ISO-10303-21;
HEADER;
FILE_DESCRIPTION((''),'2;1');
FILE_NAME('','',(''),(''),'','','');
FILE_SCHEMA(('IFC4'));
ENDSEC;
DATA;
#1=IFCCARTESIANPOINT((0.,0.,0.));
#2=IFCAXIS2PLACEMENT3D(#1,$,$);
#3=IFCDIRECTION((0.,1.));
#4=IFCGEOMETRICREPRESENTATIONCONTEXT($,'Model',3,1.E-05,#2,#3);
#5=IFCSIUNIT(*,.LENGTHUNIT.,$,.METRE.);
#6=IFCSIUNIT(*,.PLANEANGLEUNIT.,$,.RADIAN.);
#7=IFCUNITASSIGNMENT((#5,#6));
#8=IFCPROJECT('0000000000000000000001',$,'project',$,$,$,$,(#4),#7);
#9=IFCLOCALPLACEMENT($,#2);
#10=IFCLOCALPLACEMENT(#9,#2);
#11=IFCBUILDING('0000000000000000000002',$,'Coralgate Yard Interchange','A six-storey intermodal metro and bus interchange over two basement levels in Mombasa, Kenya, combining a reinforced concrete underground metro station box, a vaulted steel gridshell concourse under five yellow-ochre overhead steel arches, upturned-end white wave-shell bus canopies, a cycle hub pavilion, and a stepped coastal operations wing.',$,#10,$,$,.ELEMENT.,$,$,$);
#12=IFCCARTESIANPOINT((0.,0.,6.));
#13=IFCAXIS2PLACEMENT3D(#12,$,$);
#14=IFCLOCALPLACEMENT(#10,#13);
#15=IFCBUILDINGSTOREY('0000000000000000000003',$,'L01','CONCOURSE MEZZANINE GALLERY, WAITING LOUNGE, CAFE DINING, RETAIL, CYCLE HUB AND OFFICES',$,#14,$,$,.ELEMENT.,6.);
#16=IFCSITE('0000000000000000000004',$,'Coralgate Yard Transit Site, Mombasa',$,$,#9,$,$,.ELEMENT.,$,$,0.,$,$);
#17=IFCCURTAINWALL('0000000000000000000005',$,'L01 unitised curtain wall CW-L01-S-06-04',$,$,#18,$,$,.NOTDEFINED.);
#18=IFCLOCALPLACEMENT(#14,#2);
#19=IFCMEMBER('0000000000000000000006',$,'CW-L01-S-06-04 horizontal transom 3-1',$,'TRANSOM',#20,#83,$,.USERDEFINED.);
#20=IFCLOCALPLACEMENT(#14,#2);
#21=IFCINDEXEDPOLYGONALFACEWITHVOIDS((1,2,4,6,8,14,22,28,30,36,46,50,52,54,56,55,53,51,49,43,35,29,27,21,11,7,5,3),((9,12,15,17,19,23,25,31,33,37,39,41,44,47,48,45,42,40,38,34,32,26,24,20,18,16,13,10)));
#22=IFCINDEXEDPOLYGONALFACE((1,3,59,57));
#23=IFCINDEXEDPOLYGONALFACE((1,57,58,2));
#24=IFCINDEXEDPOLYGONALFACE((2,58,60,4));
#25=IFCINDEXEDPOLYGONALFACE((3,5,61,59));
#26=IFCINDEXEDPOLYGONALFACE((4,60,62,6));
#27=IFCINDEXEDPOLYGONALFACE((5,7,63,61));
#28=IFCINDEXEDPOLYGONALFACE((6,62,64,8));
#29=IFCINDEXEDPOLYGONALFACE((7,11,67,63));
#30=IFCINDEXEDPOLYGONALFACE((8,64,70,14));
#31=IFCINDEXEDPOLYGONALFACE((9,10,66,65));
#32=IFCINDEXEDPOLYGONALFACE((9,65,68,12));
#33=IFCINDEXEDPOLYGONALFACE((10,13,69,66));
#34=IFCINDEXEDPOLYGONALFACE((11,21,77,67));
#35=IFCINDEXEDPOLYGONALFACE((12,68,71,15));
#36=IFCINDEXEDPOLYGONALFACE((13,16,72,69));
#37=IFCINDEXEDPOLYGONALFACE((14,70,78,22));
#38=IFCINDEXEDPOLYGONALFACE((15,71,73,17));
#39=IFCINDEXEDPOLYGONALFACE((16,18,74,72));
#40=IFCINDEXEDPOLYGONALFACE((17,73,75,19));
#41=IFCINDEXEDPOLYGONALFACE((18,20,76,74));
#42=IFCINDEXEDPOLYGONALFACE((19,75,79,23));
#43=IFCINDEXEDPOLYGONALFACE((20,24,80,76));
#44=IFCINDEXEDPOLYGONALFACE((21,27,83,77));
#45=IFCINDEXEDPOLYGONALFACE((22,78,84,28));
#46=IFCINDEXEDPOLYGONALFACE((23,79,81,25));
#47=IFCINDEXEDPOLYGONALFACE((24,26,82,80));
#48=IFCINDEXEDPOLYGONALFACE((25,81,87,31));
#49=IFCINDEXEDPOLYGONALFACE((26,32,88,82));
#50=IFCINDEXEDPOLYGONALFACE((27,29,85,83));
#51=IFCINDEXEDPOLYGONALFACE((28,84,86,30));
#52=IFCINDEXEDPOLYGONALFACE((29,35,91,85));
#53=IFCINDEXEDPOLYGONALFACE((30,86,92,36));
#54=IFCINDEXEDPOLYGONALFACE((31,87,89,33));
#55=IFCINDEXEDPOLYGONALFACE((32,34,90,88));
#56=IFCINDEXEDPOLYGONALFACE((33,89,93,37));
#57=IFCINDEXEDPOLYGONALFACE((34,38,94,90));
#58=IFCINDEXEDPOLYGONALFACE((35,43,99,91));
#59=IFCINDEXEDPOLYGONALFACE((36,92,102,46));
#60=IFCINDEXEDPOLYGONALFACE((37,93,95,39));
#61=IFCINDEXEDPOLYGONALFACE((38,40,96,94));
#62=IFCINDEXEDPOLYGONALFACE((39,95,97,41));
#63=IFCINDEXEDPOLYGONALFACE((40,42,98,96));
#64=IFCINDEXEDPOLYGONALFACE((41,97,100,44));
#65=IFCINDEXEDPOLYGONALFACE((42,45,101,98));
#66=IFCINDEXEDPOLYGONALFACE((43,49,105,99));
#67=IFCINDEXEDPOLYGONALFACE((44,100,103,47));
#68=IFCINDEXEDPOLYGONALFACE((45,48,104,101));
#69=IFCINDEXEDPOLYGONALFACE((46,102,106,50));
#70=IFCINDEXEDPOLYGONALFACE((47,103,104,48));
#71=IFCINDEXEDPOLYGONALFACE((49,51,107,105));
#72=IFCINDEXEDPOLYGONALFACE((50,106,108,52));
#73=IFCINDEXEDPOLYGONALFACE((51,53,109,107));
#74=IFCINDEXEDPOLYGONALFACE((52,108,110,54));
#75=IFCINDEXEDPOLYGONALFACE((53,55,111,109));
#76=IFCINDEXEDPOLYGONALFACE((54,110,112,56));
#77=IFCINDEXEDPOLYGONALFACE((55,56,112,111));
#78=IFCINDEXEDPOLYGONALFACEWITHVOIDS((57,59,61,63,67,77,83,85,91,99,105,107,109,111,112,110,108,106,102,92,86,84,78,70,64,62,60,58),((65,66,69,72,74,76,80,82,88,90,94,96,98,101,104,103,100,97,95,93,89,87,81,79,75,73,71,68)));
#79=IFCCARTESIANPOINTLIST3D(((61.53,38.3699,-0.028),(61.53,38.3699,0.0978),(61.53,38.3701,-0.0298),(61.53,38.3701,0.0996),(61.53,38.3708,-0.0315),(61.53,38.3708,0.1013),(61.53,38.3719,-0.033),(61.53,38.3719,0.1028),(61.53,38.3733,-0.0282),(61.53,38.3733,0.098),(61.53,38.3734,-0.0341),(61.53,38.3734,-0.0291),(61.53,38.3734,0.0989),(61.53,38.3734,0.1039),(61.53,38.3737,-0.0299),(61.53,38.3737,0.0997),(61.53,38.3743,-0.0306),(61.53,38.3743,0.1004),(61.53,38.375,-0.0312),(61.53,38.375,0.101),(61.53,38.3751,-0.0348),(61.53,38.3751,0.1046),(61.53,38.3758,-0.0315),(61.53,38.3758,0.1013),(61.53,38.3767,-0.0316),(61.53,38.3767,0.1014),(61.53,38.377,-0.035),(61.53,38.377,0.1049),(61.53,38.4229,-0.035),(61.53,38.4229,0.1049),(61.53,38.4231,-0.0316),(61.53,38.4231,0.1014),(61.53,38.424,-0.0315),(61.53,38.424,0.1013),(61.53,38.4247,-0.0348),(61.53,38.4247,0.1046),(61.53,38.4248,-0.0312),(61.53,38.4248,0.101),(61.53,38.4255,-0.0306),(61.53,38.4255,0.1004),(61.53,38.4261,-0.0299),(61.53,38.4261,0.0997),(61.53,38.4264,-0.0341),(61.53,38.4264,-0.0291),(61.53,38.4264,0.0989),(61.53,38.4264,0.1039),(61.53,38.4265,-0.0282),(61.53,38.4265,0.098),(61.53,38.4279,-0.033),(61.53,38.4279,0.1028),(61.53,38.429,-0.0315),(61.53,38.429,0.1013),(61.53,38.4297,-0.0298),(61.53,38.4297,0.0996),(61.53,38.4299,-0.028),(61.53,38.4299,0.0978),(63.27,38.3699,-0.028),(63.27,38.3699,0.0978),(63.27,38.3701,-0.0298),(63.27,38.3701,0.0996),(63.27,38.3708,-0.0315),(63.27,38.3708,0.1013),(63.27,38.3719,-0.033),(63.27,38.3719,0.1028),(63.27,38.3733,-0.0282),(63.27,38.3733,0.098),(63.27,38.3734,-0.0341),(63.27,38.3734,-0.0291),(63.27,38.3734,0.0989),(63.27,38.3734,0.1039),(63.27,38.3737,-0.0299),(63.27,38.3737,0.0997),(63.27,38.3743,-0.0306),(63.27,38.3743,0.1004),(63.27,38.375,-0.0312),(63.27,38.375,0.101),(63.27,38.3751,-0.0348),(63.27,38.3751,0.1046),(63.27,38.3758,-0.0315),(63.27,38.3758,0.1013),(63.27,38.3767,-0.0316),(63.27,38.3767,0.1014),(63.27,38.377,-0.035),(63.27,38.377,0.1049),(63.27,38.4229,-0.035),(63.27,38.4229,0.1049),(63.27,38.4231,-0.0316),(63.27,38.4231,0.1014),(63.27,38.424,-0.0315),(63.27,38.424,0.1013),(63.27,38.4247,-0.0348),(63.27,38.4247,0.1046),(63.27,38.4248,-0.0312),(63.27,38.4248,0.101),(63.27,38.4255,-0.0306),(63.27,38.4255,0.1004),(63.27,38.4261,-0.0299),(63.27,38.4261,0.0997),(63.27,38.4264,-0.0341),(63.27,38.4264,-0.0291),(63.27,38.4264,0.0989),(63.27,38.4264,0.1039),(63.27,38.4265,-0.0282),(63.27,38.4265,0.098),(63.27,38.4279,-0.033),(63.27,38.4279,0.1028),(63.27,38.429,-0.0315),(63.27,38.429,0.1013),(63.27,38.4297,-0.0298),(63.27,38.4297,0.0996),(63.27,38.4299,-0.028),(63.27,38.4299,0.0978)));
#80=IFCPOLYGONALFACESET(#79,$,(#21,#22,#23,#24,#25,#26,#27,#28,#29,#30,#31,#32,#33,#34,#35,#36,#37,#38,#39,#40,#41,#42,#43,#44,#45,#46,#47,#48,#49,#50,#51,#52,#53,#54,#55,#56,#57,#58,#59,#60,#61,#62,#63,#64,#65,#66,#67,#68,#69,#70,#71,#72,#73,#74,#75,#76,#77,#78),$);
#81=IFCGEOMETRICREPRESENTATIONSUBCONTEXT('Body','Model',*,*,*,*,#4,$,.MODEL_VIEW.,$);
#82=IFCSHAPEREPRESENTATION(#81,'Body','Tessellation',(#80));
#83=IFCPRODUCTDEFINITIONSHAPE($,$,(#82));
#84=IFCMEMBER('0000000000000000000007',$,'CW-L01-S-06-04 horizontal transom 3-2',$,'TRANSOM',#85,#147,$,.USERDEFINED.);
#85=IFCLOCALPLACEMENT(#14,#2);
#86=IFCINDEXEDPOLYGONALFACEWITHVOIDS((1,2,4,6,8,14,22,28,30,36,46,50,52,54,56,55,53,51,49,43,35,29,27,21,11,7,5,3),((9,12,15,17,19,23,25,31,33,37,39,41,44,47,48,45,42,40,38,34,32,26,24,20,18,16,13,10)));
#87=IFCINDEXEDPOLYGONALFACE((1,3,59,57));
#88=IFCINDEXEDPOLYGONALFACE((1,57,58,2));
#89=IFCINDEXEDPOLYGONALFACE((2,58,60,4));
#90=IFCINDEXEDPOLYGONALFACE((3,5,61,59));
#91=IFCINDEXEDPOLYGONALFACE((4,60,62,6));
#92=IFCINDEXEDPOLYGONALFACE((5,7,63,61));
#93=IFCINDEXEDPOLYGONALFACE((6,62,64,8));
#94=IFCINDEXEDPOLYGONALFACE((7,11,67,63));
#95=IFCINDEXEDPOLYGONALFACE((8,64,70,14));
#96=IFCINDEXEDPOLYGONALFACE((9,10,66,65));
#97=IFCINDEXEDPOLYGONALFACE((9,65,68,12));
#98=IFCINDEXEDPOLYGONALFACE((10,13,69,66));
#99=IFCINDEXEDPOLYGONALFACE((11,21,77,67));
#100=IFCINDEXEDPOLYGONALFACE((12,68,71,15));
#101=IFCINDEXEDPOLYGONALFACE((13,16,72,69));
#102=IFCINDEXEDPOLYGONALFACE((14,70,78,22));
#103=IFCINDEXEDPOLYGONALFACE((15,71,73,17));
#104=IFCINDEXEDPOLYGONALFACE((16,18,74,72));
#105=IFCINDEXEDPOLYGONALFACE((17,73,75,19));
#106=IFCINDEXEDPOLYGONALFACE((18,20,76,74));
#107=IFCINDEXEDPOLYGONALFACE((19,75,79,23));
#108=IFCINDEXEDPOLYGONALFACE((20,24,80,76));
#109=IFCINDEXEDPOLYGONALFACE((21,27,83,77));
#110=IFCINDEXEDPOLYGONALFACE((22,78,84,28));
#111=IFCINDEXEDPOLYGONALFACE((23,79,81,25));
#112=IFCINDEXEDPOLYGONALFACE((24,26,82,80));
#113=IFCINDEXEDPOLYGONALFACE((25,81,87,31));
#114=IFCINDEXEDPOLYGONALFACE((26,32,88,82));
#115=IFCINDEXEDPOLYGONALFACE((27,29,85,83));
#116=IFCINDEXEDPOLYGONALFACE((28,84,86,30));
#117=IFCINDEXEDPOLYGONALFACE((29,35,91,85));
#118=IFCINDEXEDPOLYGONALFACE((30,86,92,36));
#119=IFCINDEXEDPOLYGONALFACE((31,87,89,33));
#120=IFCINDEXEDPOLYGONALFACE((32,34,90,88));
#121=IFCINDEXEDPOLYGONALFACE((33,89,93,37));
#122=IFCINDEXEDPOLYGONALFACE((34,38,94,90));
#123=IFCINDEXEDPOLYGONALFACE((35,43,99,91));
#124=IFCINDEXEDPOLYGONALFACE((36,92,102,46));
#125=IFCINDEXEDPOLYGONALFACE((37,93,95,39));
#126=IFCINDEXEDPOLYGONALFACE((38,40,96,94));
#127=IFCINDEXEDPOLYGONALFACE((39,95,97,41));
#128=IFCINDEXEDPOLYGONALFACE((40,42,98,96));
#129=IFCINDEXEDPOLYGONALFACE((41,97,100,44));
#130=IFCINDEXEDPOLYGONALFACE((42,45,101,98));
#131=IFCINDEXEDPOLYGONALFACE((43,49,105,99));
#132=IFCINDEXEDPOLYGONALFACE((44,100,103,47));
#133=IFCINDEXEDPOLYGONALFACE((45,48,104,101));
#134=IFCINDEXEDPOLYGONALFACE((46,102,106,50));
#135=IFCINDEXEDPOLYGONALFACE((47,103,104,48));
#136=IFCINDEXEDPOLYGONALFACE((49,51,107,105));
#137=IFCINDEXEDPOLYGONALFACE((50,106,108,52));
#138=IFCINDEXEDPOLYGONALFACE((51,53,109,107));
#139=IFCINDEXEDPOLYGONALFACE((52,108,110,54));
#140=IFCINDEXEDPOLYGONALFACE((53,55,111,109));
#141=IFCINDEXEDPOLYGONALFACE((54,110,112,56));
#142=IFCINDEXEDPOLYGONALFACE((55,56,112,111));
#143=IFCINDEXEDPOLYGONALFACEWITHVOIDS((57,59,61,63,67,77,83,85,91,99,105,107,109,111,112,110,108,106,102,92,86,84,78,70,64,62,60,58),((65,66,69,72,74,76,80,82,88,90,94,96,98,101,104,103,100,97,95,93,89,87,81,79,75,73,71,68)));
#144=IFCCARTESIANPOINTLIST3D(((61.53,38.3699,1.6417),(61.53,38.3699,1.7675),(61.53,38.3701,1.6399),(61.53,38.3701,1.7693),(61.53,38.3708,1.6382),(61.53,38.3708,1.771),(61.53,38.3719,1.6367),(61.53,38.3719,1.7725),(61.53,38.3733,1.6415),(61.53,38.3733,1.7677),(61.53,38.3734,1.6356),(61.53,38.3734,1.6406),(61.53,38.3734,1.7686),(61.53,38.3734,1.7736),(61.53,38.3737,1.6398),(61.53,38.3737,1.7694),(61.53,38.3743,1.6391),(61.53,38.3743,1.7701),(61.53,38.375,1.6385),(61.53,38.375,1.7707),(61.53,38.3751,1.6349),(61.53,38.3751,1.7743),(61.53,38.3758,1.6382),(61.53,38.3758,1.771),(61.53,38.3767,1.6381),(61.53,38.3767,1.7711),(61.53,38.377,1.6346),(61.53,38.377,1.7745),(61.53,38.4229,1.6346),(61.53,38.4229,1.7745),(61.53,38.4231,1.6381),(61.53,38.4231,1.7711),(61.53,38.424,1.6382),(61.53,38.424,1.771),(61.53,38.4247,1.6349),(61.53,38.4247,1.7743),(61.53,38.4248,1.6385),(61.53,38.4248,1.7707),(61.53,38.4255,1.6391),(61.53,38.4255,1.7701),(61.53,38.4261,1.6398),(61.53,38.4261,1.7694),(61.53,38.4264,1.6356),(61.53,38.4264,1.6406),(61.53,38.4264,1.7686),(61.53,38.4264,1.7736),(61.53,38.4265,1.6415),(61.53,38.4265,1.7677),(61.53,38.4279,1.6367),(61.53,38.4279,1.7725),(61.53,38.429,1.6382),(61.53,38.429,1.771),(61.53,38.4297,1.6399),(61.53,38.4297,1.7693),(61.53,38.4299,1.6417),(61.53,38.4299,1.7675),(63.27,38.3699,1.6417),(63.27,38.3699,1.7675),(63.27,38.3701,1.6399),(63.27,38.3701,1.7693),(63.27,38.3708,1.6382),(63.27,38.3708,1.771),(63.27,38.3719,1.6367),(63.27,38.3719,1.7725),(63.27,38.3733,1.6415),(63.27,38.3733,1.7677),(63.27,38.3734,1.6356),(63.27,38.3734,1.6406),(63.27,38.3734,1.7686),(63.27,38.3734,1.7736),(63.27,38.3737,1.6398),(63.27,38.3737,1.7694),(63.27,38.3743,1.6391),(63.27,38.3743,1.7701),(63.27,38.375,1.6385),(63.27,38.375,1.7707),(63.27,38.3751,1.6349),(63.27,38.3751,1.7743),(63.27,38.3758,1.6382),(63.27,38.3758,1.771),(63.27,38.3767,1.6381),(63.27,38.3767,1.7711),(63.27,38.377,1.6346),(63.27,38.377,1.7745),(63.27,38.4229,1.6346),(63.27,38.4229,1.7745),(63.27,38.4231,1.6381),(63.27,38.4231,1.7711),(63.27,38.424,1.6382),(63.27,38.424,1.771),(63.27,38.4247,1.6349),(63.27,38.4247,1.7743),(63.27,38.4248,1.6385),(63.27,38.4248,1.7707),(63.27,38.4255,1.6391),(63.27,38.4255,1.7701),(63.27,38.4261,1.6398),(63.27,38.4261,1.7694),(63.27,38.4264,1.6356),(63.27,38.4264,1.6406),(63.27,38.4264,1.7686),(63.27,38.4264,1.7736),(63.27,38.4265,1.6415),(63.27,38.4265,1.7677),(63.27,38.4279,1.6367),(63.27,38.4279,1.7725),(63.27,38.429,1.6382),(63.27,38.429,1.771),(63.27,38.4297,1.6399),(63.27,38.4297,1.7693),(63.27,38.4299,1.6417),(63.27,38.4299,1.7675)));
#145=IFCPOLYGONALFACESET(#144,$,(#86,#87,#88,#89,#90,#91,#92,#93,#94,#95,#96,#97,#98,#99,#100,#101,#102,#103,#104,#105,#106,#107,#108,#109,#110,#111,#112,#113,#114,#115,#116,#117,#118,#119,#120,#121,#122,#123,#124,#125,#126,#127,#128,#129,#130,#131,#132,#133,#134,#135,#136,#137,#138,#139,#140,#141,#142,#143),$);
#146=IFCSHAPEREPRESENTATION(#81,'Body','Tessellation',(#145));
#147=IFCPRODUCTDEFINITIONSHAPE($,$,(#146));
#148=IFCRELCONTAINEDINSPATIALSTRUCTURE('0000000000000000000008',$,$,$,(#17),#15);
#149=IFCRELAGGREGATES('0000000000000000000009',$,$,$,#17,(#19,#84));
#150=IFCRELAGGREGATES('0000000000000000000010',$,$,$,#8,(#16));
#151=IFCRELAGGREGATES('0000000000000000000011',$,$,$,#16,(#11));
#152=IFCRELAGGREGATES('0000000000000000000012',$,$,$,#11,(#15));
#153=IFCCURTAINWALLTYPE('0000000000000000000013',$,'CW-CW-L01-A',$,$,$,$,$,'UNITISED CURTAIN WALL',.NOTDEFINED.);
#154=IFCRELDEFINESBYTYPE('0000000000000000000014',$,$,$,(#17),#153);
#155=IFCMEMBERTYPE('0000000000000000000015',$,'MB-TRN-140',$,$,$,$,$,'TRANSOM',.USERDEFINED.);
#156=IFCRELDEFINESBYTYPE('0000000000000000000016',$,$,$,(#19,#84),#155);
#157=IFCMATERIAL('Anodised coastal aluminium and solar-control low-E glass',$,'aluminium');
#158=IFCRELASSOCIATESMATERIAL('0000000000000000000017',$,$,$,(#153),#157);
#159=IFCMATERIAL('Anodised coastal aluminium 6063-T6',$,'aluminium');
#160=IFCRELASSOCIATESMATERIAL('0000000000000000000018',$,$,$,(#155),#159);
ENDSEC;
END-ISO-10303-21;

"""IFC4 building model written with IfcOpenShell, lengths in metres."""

from ifc_helpers import new_model, si_unit, direction, frame, origin, origin_2d, place, context, subcontext, project, spatial, hollow_rectangle, extrude, material, material_profile, profile_set, type_object, element, aggregate, save


model = new_model("IFC4")

# Units and contexts
model_context = context("Model", 3, precision=1e-05, world=origin(), true_north=direction((0.0, 1.0)))
body_context = subcontext(model_context, "Body", "Model", "MODEL_VIEW")
ifc_project = project(units=[si_unit("LENGTHUNIT", "METRE"), si_unit("PLANEANGLEUNIT", "RADIAN")], contexts=[model_context])

# Site, building, storey
site_placement = place(None, origin())
site = spatial("IfcSite", under=ifc_project, at=site_placement, Name="Coralgate Yard Transit Site, Mombasa", CompositionType="ELEMENT", RefElevation=0.0)
building_placement = place(site_placement, origin())
building = spatial("IfcBuilding", under=site, at=building_placement, Name="Coralgate Yard Interchange", Description="A six-storey intermodal metro and bus interchange over two basement levels in Mombasa, Kenya, combining a reinforced concrete underground metro station box, a vaulted steel gridshell concourse under five yellow-ochre overhead steel arches, upturned-end white wave-shell bus canopies, a cycle hub pavilion, and a stepped coastal operations wing.", CompositionType="ELEMENT")
storey_placement = place(building_placement, frame((0.0, 0.0, 6.0)))
storey = spatial("IfcBuildingStorey", under=building, at=storey_placement, Name="L01", Description="CONCOURSE MEZZANINE GALLERY, WAITING LOUNGE, CAFE DINING, RETAIL, CYCLE HUB AND OFFICES", CompositionType="ELEMENT", Elevation=6.0)

# Curtain wall, members
ifc_material_1 = material(Name="Anodised coastal aluminium and solar-control low-E glass", Category="aluminium")
curtain_wall_type = type_object("IfcCurtainWallType", Name="CW-CW-L01-A", ElementType="UNITISED CURTAIN WALL", PredefinedType="NOTDEFINED", material=ifc_material_1)
curtain_wall_placement = place(storey_placement, origin())
curtain_wall = element("IfcCurtainWall", 1, at=curtain_wall_placement, inside=storey, type_object=curtain_wall_type, Name="L01 unitised curtain wall CW-L01-S-06-04", PredefinedType="NOTDEFINED")
ifc_material_2 = material(Name="Anodised coastal aluminium 6063-T6", Category="aluminium")
ifc_material_profile_1 = material_profile(ifc_material_2, hollow_rectangle(XDim=0.0601, YDim=0.1399, WallThickness=0.0034, InnerFilletRadius=0.0034, OuterFilletRadius=0.0071, at=origin_2d()), Name="ALU 60x140x3.5")
ifc_profile_set_1 = profile_set([ifc_material_profile_1], Name="Anodised coastal aluminium 6063-T6")
member_type_1 = type_object("IfcMemberType", Name="MB-TRN-140", ElementType="TRANSOM", PredefinedType="USERDEFINED", material=ifc_profile_set_1)
member_1_placement = place(storey_placement, frame((63.27, 38.3999, 0.0349), z_axis=(-1.0, 0.0, 0.0), x_axis=(0.0, -1.0, 0.0)))
member_1 = element("IfcMember", 2, at=member_1_placement, type_object=member_type_1, Name="CW-L01-S-06-04 horizontal transom 3-1", ObjectType="TRANSOM", PredefinedType="USERDEFINED", context=body_context, shape_type="SweptSolid", body=[
    extrude(hollow_rectangle(XDim=0.0601, YDim=0.1399, WallThickness=0.0034, InnerFilletRadius=0.0034, OuterFilletRadius=0.0071, at=origin_2d()), origin(), (0.0, 0.0, 1.0), 1.74),
])
member_2_placement = place(storey_placement, frame((63.27, 38.3999, 1.7046), z_axis=(-1.0, 0.0, 0.0), x_axis=(0.0, -1.0, 0.0)))
member_2 = element("IfcMember", 3, at=member_2_placement, type_object=member_type_1, Name="CW-L01-S-06-04 horizontal transom 3-2", ObjectType="TRANSOM", PredefinedType="USERDEFINED", context=body_context, shape_type="SweptSolid", body=[
    extrude(hollow_rectangle(XDim=0.0601, YDim=0.1399, WallThickness=0.0034, InnerFilletRadius=0.0034, OuterFilletRadius=0.0071, at=origin_2d()), origin(), (0.0, 0.0, 1.0), 1.74),
])
aggregate(curtain_wall, [member_1, member_2])

save(model, "model.ifc")
